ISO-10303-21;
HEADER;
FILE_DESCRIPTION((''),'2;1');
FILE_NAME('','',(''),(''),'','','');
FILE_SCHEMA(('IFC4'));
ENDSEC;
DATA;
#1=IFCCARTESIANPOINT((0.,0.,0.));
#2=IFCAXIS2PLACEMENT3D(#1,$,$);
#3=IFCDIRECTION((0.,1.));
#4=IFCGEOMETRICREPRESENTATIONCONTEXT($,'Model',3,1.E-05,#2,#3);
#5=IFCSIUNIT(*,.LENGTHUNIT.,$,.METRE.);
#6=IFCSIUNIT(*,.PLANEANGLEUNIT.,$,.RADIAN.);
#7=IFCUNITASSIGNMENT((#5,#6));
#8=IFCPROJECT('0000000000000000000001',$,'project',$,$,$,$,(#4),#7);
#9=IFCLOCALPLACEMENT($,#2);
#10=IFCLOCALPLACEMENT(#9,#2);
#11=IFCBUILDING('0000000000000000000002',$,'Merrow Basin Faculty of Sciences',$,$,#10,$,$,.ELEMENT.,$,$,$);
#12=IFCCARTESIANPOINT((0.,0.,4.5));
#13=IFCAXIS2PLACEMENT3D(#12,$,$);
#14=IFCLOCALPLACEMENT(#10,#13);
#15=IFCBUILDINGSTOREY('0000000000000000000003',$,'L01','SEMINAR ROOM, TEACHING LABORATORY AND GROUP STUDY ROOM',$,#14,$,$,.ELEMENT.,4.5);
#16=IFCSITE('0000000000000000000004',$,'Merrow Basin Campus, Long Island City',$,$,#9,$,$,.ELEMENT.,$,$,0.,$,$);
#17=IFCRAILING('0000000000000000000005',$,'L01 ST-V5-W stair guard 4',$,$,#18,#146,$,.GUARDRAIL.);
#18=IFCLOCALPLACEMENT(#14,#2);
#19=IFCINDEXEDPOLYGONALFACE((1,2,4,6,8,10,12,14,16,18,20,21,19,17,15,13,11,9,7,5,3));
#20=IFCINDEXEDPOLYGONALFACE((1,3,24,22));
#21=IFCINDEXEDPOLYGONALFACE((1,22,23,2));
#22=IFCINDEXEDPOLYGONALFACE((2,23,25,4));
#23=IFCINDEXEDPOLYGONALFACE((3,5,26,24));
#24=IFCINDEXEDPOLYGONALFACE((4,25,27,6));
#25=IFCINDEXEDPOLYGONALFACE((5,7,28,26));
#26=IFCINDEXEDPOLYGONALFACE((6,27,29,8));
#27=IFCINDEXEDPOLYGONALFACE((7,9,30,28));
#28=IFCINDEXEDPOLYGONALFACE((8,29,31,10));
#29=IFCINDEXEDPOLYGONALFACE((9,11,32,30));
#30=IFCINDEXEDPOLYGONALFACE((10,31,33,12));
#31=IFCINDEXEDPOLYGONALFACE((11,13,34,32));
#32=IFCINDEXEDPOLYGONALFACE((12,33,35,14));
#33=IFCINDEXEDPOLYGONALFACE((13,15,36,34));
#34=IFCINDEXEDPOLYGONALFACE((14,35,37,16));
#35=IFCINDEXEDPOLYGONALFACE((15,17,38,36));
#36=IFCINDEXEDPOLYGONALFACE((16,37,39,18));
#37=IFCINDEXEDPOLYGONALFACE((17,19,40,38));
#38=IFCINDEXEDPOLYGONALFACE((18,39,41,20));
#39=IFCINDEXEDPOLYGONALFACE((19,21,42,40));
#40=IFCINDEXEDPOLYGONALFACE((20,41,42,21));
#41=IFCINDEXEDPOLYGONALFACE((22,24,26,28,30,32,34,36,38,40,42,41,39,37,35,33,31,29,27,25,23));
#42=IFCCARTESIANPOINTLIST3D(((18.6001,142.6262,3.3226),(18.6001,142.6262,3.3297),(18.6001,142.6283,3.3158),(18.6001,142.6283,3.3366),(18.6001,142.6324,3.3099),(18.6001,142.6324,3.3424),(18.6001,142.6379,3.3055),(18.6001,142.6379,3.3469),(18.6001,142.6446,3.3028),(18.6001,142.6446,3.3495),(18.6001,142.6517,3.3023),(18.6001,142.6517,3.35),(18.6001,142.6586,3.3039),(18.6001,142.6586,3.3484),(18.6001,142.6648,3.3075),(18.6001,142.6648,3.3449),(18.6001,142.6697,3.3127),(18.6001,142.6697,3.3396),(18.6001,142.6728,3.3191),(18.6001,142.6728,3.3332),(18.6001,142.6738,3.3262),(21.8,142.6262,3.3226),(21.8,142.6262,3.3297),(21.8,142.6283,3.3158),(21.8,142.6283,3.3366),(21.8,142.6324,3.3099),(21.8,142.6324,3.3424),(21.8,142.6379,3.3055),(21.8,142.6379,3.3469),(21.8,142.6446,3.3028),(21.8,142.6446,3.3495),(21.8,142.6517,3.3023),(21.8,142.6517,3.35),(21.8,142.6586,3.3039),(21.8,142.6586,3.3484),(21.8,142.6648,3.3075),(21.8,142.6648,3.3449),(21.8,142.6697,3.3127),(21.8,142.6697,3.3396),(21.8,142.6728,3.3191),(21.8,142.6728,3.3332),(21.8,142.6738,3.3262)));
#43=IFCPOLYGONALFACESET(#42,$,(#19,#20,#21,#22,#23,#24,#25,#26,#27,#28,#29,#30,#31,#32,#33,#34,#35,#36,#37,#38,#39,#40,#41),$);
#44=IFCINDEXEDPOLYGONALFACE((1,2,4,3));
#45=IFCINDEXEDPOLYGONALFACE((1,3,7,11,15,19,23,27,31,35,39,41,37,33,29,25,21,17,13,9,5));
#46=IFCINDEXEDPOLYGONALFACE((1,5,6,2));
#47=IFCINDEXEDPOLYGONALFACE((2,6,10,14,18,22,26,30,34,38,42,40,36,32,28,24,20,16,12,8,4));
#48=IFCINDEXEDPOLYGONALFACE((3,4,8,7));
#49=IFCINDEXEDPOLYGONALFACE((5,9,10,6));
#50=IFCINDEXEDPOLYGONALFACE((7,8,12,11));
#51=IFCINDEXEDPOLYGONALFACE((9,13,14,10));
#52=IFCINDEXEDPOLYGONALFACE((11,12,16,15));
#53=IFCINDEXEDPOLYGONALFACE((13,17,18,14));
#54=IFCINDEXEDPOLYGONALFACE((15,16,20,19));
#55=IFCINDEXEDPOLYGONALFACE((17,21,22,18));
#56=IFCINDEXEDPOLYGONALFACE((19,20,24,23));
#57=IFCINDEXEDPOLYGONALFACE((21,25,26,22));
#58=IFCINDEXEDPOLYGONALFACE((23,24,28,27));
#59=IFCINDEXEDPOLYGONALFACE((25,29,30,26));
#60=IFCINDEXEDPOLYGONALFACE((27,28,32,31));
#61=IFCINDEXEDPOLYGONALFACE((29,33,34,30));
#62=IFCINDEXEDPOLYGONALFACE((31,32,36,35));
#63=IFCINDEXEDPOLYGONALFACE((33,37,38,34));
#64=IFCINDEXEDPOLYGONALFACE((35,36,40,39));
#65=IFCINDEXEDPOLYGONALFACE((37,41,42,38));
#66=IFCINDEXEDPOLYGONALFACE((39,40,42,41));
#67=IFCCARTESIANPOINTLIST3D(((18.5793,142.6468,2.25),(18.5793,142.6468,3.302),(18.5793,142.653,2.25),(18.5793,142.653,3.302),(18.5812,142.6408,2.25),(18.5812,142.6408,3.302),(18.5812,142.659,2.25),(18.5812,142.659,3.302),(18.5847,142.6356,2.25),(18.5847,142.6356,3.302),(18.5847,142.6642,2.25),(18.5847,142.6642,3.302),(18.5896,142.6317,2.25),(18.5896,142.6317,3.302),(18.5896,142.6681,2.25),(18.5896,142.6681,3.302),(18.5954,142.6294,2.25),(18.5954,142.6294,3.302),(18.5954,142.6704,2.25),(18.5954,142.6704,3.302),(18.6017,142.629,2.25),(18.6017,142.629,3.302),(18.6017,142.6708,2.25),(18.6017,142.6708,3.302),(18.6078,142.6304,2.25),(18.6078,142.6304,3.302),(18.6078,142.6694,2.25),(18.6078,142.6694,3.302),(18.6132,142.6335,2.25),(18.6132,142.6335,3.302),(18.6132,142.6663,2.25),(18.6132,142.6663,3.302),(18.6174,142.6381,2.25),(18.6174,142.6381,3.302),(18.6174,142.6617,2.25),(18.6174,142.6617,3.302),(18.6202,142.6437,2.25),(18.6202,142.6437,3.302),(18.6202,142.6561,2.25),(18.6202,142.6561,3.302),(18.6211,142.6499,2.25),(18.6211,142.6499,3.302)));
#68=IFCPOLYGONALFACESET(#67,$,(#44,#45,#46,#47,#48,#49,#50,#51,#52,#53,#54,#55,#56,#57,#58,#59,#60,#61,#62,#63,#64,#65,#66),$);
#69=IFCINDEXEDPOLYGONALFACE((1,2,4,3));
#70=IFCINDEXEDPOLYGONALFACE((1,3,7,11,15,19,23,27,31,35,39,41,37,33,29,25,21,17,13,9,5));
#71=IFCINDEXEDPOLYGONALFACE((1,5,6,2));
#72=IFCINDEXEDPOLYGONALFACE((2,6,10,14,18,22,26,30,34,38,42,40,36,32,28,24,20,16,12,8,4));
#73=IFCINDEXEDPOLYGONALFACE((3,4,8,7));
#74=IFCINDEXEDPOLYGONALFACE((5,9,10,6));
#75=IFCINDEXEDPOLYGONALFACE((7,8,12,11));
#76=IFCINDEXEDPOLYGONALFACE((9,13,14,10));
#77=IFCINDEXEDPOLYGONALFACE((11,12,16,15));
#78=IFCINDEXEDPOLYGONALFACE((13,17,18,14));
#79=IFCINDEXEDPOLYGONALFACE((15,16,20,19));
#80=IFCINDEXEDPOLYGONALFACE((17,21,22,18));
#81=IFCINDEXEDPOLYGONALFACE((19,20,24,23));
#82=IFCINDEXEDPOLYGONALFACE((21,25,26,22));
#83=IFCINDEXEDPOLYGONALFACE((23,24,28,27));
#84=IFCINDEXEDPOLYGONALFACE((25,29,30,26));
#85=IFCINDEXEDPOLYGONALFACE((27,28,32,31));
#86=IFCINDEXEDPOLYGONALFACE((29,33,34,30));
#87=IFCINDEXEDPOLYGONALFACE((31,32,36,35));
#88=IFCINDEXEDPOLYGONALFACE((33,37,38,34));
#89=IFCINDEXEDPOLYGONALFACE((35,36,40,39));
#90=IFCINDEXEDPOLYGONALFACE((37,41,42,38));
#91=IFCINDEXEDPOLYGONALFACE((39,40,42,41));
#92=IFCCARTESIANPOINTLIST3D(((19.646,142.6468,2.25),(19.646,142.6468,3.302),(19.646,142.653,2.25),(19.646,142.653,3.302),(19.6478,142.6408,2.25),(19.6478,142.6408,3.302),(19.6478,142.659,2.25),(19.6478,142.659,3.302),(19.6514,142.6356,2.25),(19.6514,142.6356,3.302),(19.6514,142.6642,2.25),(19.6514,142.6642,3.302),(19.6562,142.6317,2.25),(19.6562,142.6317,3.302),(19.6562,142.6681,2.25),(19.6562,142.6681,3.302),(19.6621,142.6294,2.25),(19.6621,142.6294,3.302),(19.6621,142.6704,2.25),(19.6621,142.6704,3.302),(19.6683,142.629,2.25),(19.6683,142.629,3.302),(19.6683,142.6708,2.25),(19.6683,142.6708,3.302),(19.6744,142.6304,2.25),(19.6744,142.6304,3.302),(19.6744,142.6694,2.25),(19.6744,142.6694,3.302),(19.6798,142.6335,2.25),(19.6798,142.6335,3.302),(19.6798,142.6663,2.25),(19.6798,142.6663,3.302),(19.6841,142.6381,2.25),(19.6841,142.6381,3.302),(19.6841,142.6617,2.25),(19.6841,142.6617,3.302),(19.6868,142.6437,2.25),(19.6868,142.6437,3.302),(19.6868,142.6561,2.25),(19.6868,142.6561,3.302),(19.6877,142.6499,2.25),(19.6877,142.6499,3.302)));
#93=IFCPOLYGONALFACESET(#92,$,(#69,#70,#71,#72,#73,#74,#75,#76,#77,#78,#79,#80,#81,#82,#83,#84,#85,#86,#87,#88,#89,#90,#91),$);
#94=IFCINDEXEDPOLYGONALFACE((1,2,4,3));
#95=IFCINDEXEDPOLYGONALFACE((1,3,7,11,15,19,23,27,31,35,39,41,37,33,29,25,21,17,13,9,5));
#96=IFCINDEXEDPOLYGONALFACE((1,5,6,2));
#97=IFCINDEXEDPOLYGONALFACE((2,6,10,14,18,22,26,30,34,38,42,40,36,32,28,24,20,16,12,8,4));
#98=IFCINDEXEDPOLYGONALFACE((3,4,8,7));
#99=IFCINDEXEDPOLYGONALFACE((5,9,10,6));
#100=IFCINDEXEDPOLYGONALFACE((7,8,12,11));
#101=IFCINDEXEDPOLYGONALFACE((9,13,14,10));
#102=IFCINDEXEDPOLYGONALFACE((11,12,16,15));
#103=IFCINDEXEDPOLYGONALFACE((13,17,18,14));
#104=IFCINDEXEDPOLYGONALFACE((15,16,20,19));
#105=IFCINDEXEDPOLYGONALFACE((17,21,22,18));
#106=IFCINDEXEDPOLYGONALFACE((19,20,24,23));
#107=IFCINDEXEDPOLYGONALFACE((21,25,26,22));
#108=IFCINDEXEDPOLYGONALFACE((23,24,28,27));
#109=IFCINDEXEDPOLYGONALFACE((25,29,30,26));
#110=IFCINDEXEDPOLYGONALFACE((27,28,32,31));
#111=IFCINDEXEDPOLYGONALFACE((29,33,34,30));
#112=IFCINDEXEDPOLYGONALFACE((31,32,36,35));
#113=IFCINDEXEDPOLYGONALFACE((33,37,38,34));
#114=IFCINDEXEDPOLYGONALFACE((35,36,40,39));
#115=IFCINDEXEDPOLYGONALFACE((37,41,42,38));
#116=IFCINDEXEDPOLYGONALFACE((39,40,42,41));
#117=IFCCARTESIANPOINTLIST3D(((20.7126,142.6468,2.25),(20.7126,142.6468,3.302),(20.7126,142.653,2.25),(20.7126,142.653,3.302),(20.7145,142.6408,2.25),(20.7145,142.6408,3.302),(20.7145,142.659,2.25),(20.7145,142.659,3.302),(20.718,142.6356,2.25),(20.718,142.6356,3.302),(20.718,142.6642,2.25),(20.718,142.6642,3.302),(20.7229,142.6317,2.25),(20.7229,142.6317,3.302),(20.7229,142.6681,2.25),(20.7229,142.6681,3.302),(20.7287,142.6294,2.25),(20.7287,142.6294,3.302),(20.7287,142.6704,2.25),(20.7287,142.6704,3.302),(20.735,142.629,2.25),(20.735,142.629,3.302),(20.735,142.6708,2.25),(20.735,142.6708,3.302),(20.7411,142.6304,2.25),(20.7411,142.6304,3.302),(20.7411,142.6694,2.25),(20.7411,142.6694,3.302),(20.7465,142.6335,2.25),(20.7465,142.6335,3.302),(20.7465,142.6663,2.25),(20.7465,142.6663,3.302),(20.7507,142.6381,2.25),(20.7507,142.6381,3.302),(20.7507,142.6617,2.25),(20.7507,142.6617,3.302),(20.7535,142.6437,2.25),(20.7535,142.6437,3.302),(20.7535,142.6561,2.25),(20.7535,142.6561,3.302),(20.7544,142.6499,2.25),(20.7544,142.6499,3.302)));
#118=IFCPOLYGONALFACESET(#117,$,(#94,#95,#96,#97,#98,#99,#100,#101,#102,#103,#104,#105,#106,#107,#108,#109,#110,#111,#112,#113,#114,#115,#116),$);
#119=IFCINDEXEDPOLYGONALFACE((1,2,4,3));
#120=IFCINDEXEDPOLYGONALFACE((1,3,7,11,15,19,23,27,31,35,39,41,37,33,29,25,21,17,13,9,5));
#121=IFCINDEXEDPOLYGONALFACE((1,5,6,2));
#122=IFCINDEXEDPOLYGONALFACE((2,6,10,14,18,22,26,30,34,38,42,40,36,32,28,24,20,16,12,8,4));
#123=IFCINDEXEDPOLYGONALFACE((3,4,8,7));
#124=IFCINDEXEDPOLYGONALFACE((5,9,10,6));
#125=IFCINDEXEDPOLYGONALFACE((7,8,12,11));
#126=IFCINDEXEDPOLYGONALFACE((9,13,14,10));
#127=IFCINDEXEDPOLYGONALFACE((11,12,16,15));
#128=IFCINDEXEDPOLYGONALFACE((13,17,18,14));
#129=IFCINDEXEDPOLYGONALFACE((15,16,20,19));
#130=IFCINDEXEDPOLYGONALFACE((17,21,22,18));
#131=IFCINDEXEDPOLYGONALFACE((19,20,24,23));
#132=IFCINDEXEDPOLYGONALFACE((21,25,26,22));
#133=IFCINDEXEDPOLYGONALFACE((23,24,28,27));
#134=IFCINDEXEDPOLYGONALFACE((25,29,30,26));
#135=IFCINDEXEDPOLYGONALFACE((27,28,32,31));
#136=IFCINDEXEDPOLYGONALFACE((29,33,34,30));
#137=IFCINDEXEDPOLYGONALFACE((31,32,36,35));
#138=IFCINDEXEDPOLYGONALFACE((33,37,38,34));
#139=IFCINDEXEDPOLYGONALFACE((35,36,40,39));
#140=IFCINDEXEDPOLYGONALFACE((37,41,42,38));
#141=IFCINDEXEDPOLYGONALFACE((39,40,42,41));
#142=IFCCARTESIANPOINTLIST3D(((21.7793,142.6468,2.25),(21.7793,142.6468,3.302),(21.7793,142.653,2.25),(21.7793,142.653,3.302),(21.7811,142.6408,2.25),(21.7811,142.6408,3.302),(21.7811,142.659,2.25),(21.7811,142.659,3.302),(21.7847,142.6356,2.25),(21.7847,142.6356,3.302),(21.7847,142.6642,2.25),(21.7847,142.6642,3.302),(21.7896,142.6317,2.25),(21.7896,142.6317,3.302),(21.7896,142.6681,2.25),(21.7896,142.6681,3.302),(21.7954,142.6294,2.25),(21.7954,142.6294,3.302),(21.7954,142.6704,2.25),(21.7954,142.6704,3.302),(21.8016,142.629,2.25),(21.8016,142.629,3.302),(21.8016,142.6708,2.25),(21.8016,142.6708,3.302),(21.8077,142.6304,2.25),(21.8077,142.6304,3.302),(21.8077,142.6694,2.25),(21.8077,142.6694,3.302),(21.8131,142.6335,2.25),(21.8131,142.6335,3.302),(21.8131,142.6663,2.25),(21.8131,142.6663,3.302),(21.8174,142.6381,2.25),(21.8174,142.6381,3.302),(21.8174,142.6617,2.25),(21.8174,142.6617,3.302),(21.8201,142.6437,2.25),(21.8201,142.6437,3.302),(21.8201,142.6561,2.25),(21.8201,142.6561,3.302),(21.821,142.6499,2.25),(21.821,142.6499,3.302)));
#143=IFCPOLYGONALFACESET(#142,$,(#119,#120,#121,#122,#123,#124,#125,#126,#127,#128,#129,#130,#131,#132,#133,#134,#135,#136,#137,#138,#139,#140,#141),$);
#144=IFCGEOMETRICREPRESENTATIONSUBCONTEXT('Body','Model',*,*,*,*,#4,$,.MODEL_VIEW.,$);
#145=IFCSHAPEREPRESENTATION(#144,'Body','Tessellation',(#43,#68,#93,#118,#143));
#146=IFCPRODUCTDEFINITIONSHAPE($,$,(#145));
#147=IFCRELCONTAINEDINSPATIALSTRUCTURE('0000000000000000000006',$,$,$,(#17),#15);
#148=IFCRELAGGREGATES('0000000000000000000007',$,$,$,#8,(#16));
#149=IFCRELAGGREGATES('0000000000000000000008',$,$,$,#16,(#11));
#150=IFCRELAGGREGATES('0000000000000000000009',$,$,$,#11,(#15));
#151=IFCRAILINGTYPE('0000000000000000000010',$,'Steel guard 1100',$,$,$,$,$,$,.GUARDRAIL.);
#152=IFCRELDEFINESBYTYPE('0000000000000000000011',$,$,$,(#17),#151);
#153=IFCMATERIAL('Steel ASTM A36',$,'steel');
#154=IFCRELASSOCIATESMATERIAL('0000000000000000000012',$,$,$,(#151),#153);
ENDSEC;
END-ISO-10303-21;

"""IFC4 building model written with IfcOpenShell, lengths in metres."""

from ifc_helpers import new_model, si_unit, direction, frame, origin, origin_2d, place, context, subcontext, project, spatial, circle, extrude, material, type_object, element, save


model = new_model("IFC4")

# Units and contexts
model_context = context("Model", 3, precision=1e-05, world=origin(), true_north=direction((0.0, 1.0)))
body_context = subcontext(model_context, "Body", "Model", "MODEL_VIEW")
ifc_project = project(units=[si_unit("LENGTHUNIT", "METRE"), si_unit("PLANEANGLEUNIT", "RADIAN")], contexts=[model_context])

# Site, building, storey
site_placement = place(None, origin())
site = spatial("IfcSite", under=ifc_project, at=site_placement, Name="Merrow Basin Campus, Long Island City", CompositionType="ELEMENT", RefElevation=0.0)
building_placement = place(site_placement, origin())
building = spatial("IfcBuilding", under=site, at=building_placement, Name="Merrow Basin Faculty of Sciences", CompositionType="ELEMENT")
storey_placement = place(building_placement, frame((0.0, 0.0, 4.5)))
storey = spatial("IfcBuildingStorey", under=building, at=storey_placement, Name="L01", Description="SEMINAR ROOM, TEACHING LABORATORY AND GROUP STUDY ROOM", CompositionType="ELEMENT", Elevation=4.5)

# Railing
ifc_material_1 = material(Name="Steel ASTM A36", Category="steel")
railing_type_1 = type_object("IfcRailingType", Name="Steel guard 1100", PredefinedType="GUARDRAIL", material=ifc_material_1)
railing_1_placement = place(storey_placement, frame((18.6001, 142.6499, 2.25)))
element("IfcRailing", 1, at=railing_1_placement, inside=storey, type_object=railing_type_1, Name="L01 ST-V5-W stair guard 4", PredefinedType="GUARDRAIL", context=body_context, shape_type="SweptSolid", body=[
    extrude(circle(Radius=0.0239, at=origin_2d()), frame((0.0, 0.0, 1.0762), z_axis=(1.0, 0.0, 0.0), x_axis=(0.0, 1.0, 0.0)), (0.0, 0.0, 1.0), 3.2),
    extrude(circle(Radius=0.021, at=origin_2d()), origin(), (0.0, 0.0, 1.0), 1.052),
    extrude(circle(Radius=0.021, at=origin_2d()), frame((1.0667, 0.0, 0.0)), (0.0, 0.0, 1.0), 1.052),
    extrude(circle(Radius=0.021, at=origin_2d()), frame((2.1333, 0.0, 0.0)), (0.0, 0.0, 1.0), 1.052),
    extrude(circle(Radius=0.021, at=origin_2d()), frame((3.2, 0.0, 0.0)), (0.0, 0.0, 1.0), 1.052),
])

save(model, "model.ifc")
